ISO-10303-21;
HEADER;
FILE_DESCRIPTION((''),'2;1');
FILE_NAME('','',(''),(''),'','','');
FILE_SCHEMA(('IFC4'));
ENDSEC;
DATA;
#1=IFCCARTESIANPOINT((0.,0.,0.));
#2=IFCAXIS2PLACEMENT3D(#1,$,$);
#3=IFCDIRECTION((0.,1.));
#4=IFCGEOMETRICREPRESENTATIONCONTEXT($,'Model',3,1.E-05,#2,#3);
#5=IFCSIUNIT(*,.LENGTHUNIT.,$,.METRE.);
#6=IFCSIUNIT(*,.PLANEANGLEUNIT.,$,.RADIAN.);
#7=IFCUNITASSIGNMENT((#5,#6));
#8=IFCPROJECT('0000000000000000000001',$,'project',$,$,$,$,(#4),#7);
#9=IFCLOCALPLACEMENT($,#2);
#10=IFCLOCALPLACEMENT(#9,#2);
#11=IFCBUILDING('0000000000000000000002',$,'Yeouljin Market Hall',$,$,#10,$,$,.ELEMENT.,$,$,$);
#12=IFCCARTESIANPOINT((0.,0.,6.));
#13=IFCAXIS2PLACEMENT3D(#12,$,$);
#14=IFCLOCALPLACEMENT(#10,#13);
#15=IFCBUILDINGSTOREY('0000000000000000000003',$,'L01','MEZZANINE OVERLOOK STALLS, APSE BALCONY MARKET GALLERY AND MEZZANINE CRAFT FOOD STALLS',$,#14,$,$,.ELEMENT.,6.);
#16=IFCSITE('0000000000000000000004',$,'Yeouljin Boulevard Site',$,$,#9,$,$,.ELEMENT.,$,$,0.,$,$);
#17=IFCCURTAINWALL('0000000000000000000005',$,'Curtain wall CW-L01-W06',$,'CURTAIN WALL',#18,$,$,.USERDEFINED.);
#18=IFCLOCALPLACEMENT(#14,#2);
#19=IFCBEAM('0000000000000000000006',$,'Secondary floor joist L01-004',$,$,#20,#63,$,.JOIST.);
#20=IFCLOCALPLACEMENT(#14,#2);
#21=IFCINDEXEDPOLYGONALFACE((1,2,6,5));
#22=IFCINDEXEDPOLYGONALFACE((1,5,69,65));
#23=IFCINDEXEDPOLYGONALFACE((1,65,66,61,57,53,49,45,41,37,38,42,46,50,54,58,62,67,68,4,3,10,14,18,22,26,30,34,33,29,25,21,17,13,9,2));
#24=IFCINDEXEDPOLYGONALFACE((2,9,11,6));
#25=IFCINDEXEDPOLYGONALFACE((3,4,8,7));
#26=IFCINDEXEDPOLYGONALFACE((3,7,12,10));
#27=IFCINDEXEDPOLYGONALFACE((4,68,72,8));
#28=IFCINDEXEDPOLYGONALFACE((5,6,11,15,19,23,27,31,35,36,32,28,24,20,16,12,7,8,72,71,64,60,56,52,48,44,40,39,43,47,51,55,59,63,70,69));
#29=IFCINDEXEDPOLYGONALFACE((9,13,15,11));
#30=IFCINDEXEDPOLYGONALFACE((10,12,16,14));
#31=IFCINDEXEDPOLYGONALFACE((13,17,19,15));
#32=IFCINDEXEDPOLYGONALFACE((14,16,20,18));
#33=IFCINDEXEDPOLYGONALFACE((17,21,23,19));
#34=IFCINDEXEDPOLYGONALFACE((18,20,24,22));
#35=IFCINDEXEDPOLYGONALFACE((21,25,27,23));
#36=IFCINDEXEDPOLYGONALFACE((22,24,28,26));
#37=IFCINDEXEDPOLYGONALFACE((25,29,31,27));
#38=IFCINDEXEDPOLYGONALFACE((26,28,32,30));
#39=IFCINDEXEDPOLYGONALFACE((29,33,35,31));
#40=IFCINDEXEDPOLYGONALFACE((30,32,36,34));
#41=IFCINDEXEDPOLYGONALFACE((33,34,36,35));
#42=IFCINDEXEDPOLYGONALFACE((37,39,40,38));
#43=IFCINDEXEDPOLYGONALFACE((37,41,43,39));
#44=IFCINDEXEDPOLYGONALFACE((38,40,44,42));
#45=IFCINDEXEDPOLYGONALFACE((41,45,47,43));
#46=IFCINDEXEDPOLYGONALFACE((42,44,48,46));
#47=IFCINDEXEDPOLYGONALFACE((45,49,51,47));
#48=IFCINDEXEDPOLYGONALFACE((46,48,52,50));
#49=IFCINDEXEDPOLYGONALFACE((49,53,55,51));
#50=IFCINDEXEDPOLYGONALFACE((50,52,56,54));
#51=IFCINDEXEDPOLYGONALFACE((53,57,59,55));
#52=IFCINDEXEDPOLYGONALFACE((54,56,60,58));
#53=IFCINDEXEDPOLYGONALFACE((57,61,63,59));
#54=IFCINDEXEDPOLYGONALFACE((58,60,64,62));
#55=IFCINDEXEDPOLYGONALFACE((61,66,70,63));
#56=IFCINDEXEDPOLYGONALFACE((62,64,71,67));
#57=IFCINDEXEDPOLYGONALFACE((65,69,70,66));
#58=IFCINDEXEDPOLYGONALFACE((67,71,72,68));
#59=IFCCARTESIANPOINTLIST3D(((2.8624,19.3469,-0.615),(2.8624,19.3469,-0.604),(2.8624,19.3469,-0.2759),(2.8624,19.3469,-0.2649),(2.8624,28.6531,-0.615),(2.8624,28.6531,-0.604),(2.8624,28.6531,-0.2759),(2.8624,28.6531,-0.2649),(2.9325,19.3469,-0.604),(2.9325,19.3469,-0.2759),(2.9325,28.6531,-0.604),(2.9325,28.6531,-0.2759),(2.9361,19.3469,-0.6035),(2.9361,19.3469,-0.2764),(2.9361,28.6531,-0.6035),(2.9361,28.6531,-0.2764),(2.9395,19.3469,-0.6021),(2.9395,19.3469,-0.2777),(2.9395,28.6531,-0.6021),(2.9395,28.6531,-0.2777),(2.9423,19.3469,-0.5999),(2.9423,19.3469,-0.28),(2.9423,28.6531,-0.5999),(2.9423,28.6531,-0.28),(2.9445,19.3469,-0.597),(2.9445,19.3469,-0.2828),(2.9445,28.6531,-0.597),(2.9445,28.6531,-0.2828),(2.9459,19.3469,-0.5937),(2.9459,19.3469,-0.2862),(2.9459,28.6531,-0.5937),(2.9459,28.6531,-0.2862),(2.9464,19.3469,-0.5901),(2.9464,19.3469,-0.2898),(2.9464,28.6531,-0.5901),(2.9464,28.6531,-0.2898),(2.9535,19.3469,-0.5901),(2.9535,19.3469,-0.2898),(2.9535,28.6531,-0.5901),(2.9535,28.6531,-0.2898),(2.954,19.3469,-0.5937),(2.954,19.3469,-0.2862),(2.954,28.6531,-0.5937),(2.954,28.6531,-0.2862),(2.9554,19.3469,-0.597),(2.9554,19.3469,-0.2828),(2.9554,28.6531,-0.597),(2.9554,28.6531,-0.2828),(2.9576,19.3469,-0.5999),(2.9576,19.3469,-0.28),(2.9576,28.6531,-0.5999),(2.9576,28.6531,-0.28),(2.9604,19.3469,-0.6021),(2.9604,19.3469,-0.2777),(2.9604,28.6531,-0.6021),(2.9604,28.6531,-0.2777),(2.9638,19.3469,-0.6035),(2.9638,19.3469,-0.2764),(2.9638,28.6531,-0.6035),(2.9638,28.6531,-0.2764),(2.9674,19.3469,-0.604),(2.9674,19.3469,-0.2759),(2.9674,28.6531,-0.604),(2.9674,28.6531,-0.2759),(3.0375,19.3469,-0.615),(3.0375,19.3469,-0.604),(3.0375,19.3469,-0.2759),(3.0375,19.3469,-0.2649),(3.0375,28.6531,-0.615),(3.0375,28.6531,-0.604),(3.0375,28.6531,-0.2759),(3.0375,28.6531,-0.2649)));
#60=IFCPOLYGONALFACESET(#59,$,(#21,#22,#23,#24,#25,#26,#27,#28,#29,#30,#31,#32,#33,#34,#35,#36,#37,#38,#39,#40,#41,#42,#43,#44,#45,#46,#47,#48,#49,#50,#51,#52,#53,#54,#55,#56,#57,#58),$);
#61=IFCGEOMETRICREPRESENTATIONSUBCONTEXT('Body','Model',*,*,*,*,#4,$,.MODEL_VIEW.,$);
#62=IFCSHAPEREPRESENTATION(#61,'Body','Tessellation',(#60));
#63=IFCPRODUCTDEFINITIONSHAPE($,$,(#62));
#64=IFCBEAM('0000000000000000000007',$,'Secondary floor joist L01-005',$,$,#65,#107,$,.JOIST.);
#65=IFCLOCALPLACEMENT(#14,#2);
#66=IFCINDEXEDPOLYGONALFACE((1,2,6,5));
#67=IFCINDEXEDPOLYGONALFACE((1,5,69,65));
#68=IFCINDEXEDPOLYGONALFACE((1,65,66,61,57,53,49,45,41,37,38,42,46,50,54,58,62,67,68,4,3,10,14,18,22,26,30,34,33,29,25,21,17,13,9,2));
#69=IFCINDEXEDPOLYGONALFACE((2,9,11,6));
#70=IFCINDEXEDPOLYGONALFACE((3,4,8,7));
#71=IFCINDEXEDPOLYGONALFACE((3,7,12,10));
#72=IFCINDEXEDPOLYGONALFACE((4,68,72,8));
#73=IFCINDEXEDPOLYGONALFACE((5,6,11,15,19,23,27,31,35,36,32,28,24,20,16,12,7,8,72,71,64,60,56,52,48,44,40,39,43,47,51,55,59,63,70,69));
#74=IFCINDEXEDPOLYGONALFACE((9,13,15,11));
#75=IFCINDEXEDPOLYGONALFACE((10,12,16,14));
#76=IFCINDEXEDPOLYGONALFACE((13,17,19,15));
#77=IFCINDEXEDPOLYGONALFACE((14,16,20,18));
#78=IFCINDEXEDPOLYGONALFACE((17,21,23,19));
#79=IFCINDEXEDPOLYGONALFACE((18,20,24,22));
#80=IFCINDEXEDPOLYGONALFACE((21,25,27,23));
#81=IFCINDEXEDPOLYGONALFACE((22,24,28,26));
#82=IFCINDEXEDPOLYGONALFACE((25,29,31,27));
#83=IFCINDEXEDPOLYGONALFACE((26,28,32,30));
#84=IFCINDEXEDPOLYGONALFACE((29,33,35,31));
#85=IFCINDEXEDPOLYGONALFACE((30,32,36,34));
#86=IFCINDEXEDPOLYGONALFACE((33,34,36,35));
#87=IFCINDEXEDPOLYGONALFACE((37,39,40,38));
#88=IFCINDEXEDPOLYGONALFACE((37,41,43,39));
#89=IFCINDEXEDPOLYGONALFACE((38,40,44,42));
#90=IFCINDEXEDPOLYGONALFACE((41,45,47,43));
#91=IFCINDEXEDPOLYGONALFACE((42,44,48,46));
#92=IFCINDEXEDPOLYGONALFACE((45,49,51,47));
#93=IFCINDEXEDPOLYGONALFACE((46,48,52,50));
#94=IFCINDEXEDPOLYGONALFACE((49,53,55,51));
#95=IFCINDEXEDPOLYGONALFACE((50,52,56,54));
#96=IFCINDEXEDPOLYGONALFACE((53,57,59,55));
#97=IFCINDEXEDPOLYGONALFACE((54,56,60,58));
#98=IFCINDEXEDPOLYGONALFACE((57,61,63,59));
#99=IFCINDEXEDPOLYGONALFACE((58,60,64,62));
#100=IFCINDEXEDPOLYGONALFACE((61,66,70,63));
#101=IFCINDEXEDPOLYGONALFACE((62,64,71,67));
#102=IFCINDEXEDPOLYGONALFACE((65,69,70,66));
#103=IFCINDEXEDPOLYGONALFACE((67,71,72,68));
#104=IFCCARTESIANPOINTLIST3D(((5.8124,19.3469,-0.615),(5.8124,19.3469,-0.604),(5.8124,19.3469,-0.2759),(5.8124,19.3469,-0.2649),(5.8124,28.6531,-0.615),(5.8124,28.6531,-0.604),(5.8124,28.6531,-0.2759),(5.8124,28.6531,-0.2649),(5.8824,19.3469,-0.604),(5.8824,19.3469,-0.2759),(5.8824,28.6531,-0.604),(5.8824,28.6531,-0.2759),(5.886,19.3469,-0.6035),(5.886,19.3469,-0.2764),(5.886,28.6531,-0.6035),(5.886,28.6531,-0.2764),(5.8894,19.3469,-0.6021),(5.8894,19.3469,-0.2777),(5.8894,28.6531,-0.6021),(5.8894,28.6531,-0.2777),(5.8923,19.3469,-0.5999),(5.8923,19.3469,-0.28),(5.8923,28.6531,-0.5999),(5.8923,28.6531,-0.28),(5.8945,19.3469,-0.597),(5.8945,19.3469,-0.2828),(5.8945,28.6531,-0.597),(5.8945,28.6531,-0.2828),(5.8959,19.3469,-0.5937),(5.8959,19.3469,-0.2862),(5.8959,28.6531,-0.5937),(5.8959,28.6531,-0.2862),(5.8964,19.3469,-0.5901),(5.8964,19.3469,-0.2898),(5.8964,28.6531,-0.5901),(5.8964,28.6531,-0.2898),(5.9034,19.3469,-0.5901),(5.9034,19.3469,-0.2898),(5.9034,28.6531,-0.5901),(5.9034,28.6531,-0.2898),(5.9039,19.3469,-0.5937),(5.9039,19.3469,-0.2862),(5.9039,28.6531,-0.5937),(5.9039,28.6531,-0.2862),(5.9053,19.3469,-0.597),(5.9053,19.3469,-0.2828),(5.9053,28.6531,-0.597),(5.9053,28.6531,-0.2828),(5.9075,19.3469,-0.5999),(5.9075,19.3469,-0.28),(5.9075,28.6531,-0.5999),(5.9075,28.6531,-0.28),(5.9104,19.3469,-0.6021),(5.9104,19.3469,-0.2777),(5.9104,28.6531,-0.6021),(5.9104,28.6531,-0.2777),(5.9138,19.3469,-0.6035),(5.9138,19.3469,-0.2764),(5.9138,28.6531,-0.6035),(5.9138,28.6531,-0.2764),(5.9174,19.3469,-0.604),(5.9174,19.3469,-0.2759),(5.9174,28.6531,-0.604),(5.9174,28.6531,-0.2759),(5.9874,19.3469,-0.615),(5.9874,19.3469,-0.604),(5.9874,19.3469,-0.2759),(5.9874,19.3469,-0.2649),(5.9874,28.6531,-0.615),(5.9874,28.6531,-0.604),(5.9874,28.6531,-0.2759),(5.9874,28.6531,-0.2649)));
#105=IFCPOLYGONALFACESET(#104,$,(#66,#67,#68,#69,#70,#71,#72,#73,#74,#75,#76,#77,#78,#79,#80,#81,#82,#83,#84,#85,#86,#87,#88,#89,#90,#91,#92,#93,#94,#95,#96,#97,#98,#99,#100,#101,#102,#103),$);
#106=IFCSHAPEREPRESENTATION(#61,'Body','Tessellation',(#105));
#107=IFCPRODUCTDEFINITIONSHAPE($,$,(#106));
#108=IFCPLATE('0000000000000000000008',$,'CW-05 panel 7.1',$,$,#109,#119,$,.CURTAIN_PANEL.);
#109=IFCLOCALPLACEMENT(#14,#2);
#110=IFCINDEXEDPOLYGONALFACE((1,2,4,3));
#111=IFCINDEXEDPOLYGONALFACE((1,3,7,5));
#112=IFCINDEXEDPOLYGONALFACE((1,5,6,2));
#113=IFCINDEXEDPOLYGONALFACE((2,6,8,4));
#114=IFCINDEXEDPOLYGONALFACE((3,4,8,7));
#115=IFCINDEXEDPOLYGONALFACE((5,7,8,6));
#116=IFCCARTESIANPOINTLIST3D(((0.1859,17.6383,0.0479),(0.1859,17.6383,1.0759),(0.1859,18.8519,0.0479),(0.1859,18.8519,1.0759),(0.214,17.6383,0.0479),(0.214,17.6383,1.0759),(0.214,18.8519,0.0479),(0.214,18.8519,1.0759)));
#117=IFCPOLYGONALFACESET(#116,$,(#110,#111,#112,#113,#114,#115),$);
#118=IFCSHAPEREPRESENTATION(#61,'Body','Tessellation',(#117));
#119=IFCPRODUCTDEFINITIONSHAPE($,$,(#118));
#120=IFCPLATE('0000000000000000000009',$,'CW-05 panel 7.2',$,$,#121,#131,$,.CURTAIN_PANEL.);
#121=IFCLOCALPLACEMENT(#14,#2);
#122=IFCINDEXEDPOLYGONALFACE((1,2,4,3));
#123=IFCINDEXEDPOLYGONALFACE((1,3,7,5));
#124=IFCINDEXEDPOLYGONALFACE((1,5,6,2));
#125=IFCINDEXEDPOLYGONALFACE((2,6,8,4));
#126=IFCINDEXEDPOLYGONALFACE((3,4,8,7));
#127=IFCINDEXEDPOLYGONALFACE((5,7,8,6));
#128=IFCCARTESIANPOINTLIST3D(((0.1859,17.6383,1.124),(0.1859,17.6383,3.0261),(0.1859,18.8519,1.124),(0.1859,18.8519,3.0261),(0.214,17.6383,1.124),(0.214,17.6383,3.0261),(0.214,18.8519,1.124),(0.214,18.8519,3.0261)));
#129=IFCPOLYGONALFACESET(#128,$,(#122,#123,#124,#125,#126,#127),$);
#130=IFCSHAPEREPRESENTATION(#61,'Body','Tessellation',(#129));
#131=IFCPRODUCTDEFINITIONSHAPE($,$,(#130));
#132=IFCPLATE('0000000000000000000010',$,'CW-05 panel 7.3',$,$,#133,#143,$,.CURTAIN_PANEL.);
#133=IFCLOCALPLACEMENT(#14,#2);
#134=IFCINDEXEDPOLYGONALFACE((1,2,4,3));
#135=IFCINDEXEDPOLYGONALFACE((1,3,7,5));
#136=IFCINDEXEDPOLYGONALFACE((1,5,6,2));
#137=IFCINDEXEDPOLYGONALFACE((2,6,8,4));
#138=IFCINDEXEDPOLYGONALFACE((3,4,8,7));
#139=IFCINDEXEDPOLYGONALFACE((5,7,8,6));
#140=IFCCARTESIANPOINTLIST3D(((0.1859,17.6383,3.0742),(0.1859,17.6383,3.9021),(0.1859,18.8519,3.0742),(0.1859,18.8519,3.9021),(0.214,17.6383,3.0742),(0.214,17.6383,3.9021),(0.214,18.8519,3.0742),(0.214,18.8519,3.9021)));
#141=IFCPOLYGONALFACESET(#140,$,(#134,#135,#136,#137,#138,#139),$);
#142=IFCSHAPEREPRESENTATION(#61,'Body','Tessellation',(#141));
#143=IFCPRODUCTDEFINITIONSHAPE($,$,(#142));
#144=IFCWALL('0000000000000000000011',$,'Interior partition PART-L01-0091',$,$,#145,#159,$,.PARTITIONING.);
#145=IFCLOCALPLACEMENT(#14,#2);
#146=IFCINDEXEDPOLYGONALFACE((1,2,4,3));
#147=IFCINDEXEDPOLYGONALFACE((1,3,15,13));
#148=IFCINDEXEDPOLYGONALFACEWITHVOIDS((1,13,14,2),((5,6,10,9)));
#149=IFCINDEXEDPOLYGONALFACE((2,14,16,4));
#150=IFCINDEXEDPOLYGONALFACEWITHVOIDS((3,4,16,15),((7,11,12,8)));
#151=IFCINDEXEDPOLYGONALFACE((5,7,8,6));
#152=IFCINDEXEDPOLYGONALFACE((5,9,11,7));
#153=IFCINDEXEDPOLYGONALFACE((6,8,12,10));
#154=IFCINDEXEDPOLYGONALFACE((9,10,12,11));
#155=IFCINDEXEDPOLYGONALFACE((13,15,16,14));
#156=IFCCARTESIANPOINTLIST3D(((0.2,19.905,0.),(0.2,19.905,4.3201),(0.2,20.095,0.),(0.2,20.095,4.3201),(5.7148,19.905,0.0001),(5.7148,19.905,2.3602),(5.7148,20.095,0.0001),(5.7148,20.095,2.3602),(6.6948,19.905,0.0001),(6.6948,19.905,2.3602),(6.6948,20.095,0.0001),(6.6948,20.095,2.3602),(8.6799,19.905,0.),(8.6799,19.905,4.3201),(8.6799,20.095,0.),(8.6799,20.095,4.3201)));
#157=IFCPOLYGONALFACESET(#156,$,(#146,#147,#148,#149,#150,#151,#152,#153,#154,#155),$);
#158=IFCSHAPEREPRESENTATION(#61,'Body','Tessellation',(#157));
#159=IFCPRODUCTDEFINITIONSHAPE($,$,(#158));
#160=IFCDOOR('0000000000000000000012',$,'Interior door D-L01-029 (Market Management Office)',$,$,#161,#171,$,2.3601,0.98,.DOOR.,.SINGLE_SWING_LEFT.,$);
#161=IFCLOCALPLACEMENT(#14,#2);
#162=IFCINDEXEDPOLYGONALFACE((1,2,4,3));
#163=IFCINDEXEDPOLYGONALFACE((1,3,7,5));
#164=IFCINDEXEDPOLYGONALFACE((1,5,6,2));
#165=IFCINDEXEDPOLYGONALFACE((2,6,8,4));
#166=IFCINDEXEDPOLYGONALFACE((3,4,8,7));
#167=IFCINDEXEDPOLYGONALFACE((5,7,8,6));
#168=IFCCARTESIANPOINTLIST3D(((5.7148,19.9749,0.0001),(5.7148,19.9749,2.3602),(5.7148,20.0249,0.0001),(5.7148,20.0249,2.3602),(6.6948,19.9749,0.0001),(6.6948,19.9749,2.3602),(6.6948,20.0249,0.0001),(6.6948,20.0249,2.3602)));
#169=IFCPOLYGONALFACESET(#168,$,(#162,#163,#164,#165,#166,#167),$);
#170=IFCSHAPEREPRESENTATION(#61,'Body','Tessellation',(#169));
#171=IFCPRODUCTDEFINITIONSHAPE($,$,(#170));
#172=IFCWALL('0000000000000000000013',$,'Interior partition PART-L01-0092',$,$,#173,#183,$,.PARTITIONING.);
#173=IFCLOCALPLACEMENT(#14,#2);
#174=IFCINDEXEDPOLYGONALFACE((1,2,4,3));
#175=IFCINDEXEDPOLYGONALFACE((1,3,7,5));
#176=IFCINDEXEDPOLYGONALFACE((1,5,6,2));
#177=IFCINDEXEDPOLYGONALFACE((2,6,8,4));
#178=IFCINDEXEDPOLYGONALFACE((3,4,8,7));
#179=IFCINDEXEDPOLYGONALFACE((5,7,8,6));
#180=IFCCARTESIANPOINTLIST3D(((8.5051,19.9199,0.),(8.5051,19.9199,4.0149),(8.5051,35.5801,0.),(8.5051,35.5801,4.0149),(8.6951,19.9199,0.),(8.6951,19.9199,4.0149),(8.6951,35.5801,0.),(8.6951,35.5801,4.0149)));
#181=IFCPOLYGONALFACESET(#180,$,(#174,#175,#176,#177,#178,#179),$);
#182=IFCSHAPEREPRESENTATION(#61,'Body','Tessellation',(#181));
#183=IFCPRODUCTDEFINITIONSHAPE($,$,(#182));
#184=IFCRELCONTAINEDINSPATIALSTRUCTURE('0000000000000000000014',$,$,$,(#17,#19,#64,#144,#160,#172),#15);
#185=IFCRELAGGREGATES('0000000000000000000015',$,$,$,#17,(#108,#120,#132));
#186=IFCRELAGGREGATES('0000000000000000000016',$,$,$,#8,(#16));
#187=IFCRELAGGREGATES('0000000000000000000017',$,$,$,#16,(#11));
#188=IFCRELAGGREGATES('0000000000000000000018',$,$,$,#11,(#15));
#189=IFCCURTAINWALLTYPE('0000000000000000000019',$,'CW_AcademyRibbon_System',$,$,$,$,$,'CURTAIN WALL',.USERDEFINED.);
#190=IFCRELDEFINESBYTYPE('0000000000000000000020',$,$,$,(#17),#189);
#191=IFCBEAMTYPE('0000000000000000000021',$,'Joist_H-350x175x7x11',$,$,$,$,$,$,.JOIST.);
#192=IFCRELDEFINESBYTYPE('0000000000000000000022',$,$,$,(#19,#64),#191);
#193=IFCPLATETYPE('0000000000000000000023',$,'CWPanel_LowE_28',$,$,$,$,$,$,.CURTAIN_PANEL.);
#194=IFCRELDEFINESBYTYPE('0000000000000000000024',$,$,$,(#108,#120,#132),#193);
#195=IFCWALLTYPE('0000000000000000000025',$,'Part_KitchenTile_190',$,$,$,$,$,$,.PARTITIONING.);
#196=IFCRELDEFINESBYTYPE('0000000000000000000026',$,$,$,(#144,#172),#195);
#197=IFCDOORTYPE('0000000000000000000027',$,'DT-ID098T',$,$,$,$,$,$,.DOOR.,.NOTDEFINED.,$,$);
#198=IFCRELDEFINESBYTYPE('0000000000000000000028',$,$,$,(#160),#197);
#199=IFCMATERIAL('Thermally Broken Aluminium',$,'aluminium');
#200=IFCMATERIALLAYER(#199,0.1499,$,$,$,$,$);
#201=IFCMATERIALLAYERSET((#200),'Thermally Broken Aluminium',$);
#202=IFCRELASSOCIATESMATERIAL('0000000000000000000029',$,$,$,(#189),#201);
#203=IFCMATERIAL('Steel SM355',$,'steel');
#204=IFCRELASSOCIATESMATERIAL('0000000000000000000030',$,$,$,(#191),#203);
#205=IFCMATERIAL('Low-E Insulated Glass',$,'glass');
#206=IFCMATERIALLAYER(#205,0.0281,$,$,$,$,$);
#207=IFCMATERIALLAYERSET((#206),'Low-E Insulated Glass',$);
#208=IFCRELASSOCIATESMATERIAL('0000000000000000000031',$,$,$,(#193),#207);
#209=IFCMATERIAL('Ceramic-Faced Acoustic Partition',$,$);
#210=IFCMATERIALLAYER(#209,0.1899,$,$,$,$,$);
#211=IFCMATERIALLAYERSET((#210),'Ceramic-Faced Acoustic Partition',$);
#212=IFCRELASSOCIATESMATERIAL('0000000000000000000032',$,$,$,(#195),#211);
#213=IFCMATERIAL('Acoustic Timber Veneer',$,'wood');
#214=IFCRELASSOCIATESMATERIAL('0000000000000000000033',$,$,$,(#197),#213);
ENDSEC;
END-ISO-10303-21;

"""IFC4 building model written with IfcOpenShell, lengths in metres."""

from ifc_helpers import new_model, si_unit, direction, frame, frame_2d, origin, origin_2d, place, context, subcontext, project, spatial, rectangle, i_section, extrude, material, layer, layer_set, material_profile, profile_set, type_object, element, fill, aggregate, save


model = new_model("IFC4")

# Units and contexts
model_context = context("Model", 3, precision=1e-05, world=origin(), true_north=direction((0.0, 1.0)))
body_context = subcontext(model_context, "Body", "Model", "MODEL_VIEW")
ifc_project = project(units=[si_unit("LENGTHUNIT", "METRE"), si_unit("PLANEANGLEUNIT", "RADIAN")], contexts=[model_context])

# Site, building, storey
site_placement = place(None, origin())
site = spatial("IfcSite", under=ifc_project, at=site_placement, Name="Yeouljin Boulevard Site", CompositionType="ELEMENT", RefElevation=0.0)
building_placement = place(site_placement, origin())
building = spatial("IfcBuilding", under=site, at=building_placement, Name="Yeouljin Market Hall", CompositionType="ELEMENT")
storey_placement = place(building_placement, frame((0.0, 0.0, 6.0)))
storey = spatial("IfcBuildingStorey", under=building, at=storey_placement, Name="L01", Description="MEZZANINE OVERLOOK STALLS, APSE BALCONY MARKET GALLERY AND MEZZANINE CRAFT FOOD STALLS", CompositionType="ELEMENT", Elevation=6.0)

# Curtain wall
ifc_material_1 = material(Name="Thermally Broken Aluminium", Category="aluminium")
ifc_layer_1 = layer(ifc_material_1, 0.1499)
ifc_layer_set_1 = layer_set([ifc_layer_1], Name="Thermally Broken Aluminium")
curtain_wall_type = type_object("IfcCurtainWallType", Name="CW_AcademyRibbon_System", ElementType="CURTAIN WALL", PredefinedType="USERDEFINED", material=ifc_layer_set_1)
curtain_wall_placement = place(storey_placement, origin())
curtain_wall = element("IfcCurtainWall", 1, at=curtain_wall_placement, inside=storey, type_object=curtain_wall_type, Name="Curtain wall CW-L01-W06", ObjectType="CURTAIN WALL", PredefinedType="USERDEFINED")

# Beams
ifc_material_2 = material(Name="Steel SM355", Category="steel")
ifc_material_profile_1 = material_profile(ifc_material_2, i_section(OverallWidth=0.175, OverallDepth=0.3501, WebThickness=0.0071, FlangeThickness=0.011, FilletRadius=0.0139, at=origin_2d()), Name="H-350x175x7x11")
ifc_profile_set_1 = profile_set([ifc_material_profile_1], Name="Steel SM355")
beam_type_1 = type_object("IfcBeamType", Name="Joist_H-350x175x7x11", PredefinedType="JOIST", material=ifc_profile_set_1)
for number, where, z_axis, x_axis, name in (
    (2, (2.95, 19.3469, -0.4399), (0.0, 1.0, 0.0), (-1.0, 0.0, 0.0), "Secondary floor joist L01-004"),
    (3, (5.8999, 19.3469, -0.4399), (0.0, 1.0, 0.0), (-1.0, 0.0, 0.0), "Secondary floor joist L01-005"),
):
    element("IfcBeam", number, at=place(storey_placement, frame(where, z_axis=z_axis, x_axis=x_axis)), inside=storey, type_object=beam_type_1, Name=name, PredefinedType="JOIST", context=body_context, shape_type="SweptSolid", body=[
        extrude(i_section(OverallWidth=0.175, OverallDepth=0.3501, WebThickness=0.0071, FlangeThickness=0.011, FilletRadius=0.0139, at=origin_2d()), origin(), (0.0, 0.0, 1.0), 9.3062),
    ])

# Plates
ifc_material_3 = material(Name="Low-E Insulated Glass", Category="glass")
ifc_layer_2 = layer(ifc_material_3, 0.0281)
ifc_layer_set_2 = layer_set([ifc_layer_2], Name="Low-E Insulated Glass")
plate_type = type_object("IfcPlateType", Name="CWPanel_LowE_28", PredefinedType="CURTAIN_PANEL", material=ifc_layer_set_2)
plate_1_placement = place(storey_placement, frame((0.2, 18.2451, 0.0479), z_axis=(0.0, 0.0, 1.0), x_axis=(0.0, 1.0, 0.0)))
plate_1 = element("IfcPlate", 4, at=plate_1_placement, type_object=plate_type, Name="CW-05 panel 7.1", PredefinedType="CURTAIN_PANEL", context=body_context, shape_type="SweptSolid", body=[
    extrude(rectangle(XDim=1.2136, YDim=0.0281, at=origin_2d()), origin(), (0.0, 0.0, 1.0), 1.0281),
])
plate_2_placement = place(storey_placement, frame((0.2, 18.2451, 1.124), z_axis=(0.0, 0.0, 1.0), x_axis=(0.0, 1.0, 0.0)))
plate_2 = element("IfcPlate", 5, at=plate_2_placement, type_object=plate_type, Name="CW-05 panel 7.2", PredefinedType="CURTAIN_PANEL", context=body_context, shape_type="SweptSolid", body=[
    extrude(rectangle(XDim=1.2136, YDim=0.0281, at=origin_2d()), origin(), (0.0, 0.0, 1.0), 1.9021),
])
plate_3_placement = place(storey_placement, frame((0.2, 18.2451, 3.0742), z_axis=(0.0, 0.0, 1.0), x_axis=(0.0, 1.0, 0.0)))
plate_3 = element("IfcPlate", 6, at=plate_3_placement, type_object=plate_type, Name="CW-05 panel 7.3", PredefinedType="CURTAIN_PANEL", context=body_context, shape_type="SweptSolid", body=[
    extrude(rectangle(XDim=1.2136, YDim=0.0281, at=origin_2d()), origin(), (0.0, 0.0, 1.0), 0.8279),
])
aggregate(curtain_wall, [plate_1, plate_2, plate_3])

# Wall, opening, door
ifc_material_4 = material(Name="Ceramic-Faced Acoustic Partition")
ifc_layer_3 = layer(ifc_material_4, 0.1899)
ifc_layer_set_3 = layer_set([ifc_layer_3], Name="Ceramic-Faced Acoustic Partition")
wall_type_1 = type_object("IfcWallType", Name="Part_KitchenTile_190", PredefinedType="PARTITIONING", material=ifc_layer_set_3)
wall_1_placement = place(storey_placement, frame((0.2, 20.0, 0.0), z_axis=(0.0, 0.0, 1.0), x_axis=(1.0, 0.0, 0.0)))
wall_1 = element("IfcWall", 7, at=wall_1_placement, inside=storey, type_object=wall_type_1, Name="Interior partition PART-L01-0091", PredefinedType="PARTITIONING", context=body_context, shape_type="SweptSolid", body=[
    extrude(rectangle(XDim=8.48, YDim=0.1899, at=frame_2d((4.24, 0.0))), origin(), (0.0, 0.0, 1.0), 4.3201),
])
opening_1_placement = place(wall_1_placement, frame((5.5149, 0.0, 0.0)))
opening_1 = element("IfcOpeningElement", 8, at=opening_1_placement, cuts=wall_1, PredefinedType="OPENING", context=body_context, shape_type="SweptSolid", body=[
    extrude(rectangle(XDim=0.98, YDim=2.3601, at=frame_2d((0.49, 1.1802))), frame((0.0, 0.105, 0.0), z_axis=(0.0, -1.0, 0.0), x_axis=(1.0, 0.0, 0.0)), (0.0, 0.0, 1.0), 0.21),
])
ifc_material_5 = material(Name="Acoustic Timber Veneer", Category="wood")
door_type_1 = type_object("IfcDoorType", Name="DT-ID098T", OperationType="NOTDEFINED", PredefinedType="DOOR", material=ifc_material_5)
door_1_placement = place(opening_1_placement, origin())
door_1 = element("IfcDoor", 9, at=door_1_placement, inside=storey, type_object=door_type_1, Name="Interior door D-L01-029 (Market Management Office)", OperationType="SINGLE_SWING_LEFT", OverallHeight=2.3601, OverallWidth=0.98, PredefinedType="DOOR", context=body_context, shape_type="SweptSolid", body=[
    extrude(rectangle(XDim=0.98, YDim=2.3601, at=frame_2d((0.49, 1.1802))), frame((0.0, 0.0249, 0.0), z_axis=(0.0, -1.0, 0.0), x_axis=(1.0, 0.0, 0.0)), (0.0, 0.0, 1.0), 0.05),
])
fill(opening_1, door_1)

# Wall
wall_2_placement = place(storey_placement, frame((8.6001, 19.9199, 0.0), z_axis=(0.0, 0.0, 1.0), x_axis=(0.0, 1.0, 0.0)))
element("IfcWall", 10, at=wall_2_placement, inside=storey, type_object=wall_type_1, Name="Interior partition PART-L01-0092", PredefinedType="PARTITIONING", context=body_context, shape_type="SweptSolid", body=[
    extrude(rectangle(XDim=15.6602, YDim=0.1899, at=frame_2d((7.8301, 0.0))), origin(), (0.0, 0.0, 1.0), 4.0149),
])

save(model, "model.ifc")
